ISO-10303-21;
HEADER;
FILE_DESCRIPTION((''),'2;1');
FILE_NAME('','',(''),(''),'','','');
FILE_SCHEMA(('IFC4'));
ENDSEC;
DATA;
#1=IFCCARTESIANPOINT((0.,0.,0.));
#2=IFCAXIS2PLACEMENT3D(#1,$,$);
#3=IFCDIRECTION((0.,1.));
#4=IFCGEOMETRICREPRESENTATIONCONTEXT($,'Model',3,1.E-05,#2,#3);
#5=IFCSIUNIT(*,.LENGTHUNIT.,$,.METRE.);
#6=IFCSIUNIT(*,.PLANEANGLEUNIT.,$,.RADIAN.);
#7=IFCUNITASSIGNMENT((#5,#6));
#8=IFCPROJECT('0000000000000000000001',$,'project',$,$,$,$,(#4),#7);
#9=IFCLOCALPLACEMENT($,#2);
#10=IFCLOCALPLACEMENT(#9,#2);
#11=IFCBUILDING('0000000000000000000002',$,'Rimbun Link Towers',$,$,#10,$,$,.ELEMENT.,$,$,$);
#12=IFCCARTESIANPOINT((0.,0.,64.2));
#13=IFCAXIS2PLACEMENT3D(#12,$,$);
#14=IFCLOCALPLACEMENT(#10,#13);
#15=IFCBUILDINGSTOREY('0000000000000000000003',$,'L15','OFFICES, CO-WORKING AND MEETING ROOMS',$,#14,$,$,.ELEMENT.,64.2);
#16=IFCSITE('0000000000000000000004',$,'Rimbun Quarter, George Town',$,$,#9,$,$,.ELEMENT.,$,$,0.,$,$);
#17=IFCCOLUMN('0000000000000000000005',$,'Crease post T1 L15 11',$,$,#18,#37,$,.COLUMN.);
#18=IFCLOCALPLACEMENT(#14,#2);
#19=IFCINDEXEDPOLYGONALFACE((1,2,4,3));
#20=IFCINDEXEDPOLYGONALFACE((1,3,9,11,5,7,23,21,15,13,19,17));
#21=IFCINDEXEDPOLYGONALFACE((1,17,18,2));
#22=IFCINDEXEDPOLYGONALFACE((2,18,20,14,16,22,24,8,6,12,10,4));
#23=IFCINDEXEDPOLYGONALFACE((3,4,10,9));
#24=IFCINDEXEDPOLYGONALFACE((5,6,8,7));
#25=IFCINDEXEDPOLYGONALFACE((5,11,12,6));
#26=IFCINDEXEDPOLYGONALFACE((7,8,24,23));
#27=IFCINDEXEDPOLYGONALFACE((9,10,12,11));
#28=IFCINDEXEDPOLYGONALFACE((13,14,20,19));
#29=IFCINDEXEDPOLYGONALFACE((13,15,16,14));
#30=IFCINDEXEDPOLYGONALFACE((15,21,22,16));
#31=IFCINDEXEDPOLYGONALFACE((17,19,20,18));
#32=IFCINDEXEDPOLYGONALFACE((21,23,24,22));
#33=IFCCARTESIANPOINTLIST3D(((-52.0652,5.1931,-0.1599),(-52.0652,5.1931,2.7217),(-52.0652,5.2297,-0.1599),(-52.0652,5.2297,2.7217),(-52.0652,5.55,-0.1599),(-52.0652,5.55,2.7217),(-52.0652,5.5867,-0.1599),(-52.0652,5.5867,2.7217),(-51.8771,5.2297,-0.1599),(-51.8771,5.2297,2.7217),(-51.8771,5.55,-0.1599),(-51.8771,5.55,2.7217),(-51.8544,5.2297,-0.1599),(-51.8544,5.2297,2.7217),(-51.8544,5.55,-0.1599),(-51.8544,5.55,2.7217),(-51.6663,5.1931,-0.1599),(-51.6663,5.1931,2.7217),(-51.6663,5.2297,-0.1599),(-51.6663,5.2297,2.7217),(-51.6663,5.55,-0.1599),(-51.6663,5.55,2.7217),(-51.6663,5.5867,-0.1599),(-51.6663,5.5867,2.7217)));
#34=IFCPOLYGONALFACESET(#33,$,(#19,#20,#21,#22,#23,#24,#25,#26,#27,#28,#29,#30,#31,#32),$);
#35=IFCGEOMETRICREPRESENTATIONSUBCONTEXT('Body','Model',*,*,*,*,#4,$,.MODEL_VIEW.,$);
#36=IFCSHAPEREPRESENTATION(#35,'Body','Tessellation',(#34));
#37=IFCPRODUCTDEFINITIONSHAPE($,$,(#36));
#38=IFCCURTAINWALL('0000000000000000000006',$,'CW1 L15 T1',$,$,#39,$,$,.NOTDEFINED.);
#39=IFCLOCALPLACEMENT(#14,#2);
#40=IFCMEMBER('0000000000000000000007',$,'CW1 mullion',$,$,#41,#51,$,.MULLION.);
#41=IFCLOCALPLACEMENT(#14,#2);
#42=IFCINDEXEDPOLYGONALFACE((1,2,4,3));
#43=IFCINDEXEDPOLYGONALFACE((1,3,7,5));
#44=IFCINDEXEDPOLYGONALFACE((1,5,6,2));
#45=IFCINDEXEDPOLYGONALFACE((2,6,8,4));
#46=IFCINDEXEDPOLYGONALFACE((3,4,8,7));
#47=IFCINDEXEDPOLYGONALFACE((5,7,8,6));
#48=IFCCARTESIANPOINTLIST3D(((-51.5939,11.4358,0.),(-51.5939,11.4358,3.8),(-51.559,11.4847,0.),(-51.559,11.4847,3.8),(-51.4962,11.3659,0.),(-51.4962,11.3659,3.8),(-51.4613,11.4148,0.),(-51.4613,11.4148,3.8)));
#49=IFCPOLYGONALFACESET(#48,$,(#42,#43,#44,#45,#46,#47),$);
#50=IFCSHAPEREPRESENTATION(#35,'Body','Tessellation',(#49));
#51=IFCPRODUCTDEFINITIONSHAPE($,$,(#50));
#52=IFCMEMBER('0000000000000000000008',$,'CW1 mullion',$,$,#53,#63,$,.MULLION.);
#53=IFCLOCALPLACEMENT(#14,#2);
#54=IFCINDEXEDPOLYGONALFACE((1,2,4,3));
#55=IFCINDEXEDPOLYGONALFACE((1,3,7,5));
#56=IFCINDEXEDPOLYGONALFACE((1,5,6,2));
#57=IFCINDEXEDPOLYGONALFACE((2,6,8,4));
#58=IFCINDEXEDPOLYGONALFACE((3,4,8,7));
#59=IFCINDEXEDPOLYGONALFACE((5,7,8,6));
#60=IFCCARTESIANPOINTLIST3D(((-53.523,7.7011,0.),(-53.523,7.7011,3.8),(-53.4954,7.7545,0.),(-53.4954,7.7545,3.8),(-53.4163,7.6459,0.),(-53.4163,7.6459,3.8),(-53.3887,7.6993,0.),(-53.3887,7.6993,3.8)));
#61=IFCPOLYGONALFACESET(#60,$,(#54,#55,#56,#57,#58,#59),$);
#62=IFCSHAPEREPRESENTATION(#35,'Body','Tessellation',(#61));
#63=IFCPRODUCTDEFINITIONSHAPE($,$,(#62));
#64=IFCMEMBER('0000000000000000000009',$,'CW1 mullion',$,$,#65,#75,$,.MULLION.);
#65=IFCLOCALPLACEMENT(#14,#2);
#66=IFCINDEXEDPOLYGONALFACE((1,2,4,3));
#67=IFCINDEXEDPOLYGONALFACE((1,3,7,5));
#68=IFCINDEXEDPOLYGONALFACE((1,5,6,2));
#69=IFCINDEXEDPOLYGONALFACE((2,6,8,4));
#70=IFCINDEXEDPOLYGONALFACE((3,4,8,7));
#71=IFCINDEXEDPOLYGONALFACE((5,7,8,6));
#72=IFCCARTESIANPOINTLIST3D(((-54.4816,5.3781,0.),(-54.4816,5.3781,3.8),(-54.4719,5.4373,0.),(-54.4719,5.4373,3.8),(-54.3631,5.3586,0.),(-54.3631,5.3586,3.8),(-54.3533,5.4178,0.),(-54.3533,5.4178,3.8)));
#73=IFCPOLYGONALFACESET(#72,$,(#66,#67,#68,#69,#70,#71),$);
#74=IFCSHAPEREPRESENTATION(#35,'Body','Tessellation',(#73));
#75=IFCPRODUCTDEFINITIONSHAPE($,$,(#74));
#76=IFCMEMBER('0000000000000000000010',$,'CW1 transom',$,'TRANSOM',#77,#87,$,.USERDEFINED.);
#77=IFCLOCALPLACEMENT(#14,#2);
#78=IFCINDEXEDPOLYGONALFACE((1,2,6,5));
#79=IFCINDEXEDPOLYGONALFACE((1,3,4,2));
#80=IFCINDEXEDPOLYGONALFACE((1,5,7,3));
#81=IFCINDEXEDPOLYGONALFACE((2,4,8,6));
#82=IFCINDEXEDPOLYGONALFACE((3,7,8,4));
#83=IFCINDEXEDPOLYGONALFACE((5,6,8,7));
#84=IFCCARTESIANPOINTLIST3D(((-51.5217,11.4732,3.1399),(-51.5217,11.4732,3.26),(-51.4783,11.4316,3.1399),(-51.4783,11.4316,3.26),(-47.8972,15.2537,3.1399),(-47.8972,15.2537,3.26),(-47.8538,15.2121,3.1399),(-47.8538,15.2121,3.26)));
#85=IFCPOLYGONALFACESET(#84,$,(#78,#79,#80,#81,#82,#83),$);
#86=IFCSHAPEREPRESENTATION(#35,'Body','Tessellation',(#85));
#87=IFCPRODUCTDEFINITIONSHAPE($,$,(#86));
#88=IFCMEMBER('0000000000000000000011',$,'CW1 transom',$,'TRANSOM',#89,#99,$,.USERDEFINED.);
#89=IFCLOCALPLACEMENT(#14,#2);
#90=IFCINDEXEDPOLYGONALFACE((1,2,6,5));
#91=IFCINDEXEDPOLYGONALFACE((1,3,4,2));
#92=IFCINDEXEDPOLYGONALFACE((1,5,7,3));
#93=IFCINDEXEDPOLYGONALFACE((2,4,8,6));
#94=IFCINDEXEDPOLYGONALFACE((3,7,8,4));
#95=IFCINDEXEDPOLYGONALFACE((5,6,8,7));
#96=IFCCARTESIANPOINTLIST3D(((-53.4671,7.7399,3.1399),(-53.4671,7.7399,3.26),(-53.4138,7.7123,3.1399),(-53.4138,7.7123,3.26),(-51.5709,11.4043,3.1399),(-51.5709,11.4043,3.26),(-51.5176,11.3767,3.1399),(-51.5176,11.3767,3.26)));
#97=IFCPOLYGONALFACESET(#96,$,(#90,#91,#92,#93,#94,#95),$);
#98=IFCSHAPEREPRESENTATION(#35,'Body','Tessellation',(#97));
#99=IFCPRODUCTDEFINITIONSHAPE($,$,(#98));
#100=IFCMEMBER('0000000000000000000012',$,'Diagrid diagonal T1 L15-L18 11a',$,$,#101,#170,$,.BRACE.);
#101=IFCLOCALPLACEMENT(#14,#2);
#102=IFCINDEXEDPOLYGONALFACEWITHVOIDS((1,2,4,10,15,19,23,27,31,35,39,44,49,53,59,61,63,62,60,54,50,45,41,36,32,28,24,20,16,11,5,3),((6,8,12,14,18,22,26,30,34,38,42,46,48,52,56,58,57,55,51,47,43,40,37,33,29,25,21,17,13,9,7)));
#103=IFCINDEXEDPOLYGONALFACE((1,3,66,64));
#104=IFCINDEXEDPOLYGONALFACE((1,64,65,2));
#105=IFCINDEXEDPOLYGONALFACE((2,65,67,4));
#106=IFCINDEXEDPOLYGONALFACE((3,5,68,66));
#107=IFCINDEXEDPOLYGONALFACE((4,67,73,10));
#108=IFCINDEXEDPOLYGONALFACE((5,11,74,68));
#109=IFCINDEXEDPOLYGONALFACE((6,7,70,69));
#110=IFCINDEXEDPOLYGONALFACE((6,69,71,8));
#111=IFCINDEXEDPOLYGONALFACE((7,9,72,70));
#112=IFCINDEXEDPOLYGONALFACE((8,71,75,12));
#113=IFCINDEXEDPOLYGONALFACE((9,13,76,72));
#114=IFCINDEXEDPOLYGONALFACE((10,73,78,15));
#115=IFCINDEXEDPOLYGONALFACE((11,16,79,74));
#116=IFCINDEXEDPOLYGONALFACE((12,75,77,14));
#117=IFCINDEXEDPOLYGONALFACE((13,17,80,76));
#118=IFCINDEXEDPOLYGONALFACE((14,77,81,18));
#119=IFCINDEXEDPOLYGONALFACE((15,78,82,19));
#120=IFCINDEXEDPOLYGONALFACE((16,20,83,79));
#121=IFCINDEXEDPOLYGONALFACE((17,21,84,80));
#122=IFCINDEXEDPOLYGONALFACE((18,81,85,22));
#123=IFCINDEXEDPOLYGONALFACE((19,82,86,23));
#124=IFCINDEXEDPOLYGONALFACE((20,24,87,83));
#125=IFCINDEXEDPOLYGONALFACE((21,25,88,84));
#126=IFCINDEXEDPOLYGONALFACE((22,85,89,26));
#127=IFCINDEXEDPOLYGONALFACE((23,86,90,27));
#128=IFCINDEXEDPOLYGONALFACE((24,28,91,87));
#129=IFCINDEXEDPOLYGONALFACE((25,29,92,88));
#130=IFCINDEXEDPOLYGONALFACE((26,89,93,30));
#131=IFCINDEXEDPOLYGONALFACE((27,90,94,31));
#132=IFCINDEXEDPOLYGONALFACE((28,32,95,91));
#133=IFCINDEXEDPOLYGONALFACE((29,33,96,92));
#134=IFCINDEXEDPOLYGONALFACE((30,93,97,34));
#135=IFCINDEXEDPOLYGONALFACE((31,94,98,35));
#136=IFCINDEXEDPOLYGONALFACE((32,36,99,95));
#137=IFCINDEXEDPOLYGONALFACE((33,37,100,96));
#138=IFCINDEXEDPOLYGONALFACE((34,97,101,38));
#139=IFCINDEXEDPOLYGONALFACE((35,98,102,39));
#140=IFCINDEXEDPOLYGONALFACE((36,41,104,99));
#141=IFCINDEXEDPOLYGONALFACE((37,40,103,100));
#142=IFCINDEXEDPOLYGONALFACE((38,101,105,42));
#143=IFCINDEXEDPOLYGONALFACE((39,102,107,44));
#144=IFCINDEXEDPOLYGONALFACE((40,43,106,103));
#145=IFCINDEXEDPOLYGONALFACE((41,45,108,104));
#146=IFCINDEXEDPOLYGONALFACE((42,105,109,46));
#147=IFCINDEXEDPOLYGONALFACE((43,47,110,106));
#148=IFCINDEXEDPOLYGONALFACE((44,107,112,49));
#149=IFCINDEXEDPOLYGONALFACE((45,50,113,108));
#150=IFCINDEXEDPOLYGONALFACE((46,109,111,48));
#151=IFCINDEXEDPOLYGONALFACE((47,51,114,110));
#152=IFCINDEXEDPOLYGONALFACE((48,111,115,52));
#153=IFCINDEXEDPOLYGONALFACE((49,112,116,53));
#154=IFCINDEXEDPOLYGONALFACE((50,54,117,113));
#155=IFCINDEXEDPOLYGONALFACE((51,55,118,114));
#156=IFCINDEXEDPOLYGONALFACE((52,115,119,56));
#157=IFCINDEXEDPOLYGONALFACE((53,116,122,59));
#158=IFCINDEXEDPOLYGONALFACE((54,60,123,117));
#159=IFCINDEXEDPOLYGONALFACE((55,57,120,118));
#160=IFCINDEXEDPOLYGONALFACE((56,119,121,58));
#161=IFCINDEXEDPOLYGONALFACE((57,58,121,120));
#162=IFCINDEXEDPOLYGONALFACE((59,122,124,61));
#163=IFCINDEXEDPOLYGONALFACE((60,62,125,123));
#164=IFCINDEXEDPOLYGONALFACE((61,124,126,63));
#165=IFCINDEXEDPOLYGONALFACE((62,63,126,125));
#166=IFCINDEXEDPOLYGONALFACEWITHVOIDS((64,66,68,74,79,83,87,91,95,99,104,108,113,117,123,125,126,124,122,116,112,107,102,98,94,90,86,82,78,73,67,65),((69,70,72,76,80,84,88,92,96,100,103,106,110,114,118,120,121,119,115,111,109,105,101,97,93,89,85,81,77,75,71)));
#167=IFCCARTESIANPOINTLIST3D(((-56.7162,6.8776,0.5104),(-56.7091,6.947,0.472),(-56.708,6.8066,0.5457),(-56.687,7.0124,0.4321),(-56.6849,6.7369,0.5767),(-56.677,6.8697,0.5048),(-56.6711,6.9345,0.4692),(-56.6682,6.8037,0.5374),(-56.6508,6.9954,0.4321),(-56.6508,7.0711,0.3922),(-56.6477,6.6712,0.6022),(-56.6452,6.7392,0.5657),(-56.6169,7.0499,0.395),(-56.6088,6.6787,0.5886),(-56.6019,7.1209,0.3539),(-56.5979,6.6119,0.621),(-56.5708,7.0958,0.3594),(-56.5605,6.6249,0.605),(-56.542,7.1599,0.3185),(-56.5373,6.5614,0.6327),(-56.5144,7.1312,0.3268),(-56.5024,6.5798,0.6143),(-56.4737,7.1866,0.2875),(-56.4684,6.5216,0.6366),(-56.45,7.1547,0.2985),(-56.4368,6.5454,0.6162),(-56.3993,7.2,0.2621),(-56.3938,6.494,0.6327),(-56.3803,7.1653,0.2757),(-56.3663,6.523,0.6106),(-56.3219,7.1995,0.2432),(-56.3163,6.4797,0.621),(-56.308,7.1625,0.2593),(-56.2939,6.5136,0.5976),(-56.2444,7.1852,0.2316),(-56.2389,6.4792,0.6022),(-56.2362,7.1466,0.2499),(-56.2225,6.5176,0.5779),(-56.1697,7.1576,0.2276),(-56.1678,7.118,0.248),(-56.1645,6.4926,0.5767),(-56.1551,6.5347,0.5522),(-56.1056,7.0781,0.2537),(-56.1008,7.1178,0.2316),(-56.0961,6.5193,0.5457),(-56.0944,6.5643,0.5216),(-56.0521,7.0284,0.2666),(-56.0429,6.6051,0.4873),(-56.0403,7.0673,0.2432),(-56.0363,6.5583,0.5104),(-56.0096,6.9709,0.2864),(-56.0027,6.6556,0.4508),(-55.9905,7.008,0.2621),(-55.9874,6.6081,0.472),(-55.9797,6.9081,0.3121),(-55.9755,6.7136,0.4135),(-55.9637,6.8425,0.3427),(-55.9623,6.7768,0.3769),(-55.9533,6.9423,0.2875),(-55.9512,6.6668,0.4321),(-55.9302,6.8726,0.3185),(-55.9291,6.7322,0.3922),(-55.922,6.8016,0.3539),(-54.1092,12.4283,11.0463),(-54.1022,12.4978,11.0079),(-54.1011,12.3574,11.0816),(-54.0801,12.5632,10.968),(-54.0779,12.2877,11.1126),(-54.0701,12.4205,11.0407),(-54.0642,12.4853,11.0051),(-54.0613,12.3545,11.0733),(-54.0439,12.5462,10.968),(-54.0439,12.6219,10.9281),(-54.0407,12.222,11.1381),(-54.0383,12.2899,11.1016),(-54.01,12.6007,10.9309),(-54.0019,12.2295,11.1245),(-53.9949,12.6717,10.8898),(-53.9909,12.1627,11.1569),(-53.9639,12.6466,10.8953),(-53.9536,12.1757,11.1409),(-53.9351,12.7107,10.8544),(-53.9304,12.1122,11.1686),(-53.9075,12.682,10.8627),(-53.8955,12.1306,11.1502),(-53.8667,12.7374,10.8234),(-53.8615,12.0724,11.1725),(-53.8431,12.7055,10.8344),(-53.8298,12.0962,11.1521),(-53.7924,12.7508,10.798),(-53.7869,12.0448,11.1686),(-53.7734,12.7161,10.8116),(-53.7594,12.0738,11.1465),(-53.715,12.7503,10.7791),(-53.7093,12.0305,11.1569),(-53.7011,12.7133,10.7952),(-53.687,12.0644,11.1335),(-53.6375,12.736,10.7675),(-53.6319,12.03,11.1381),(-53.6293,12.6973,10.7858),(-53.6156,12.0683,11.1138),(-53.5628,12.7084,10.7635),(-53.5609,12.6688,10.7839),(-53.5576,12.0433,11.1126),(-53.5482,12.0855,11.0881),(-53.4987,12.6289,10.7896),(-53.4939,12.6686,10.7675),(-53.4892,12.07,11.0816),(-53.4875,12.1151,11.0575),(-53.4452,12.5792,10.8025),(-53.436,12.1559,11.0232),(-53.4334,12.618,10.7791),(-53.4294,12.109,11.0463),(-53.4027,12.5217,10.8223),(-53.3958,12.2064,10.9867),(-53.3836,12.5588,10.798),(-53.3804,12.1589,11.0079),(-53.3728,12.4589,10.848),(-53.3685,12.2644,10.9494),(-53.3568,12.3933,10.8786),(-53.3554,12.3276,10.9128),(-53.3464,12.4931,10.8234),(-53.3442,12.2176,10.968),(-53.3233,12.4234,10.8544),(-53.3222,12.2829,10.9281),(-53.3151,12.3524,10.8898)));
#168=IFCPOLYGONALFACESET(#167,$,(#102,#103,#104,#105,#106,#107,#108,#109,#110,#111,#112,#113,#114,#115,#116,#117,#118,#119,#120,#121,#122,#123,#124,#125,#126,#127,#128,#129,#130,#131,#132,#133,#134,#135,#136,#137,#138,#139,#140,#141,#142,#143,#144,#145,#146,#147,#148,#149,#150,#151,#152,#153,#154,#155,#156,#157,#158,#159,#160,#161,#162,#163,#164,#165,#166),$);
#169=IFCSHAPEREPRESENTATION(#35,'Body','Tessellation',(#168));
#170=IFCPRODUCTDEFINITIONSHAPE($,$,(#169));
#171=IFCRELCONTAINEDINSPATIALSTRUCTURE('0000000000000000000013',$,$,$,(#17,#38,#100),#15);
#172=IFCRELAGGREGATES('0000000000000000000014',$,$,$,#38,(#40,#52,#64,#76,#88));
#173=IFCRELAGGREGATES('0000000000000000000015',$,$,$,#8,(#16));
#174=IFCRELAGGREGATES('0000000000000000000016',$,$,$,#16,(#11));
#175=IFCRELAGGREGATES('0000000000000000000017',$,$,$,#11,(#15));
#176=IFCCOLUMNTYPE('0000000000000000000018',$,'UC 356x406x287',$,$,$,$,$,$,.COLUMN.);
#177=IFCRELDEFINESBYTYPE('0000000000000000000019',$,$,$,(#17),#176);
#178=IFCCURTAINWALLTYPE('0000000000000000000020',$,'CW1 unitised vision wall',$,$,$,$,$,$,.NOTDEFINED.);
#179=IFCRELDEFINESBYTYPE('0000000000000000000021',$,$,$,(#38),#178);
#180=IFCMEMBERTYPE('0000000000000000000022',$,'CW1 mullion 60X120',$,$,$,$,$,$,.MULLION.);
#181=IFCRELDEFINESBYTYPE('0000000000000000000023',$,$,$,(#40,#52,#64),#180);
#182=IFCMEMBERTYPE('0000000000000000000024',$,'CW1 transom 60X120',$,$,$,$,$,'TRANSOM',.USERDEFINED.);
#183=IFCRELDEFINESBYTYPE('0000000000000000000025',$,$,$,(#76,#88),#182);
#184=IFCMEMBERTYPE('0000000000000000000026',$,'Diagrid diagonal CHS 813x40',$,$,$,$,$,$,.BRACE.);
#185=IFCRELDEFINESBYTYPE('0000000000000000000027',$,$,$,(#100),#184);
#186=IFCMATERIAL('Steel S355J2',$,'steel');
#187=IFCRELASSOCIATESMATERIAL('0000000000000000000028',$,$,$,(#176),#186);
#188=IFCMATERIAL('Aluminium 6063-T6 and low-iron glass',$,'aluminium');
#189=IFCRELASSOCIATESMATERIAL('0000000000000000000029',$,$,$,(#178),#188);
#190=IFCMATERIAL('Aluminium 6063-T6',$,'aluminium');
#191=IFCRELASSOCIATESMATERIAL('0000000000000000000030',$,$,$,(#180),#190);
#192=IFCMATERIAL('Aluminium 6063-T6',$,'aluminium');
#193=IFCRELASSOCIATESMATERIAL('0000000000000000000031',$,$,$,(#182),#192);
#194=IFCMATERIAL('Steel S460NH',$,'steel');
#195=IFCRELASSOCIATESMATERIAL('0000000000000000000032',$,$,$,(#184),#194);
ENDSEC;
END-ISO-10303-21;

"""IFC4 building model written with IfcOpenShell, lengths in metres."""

from ifc_helpers import new_model, si_unit, direction, frame, origin, origin_2d, place, context, subcontext, project, spatial, rectangle, hollow_circle, i_section, extrude, material, material_profile, profile_set, type_object, element, aggregate, save


model = new_model("IFC4")

# Units and contexts
model_context = context("Model", 3, precision=1e-05, world=origin(), true_north=direction((0.0, 1.0)))
body_context = subcontext(model_context, "Body", "Model", "MODEL_VIEW")
ifc_project = project(units=[si_unit("LENGTHUNIT", "METRE"), si_unit("PLANEANGLEUNIT", "RADIAN")], contexts=[model_context])

# Site, building, storey
site_placement = place(None, origin())
site = spatial("IfcSite", under=ifc_project, at=site_placement, Name="Rimbun Quarter, George Town", CompositionType="ELEMENT", RefElevation=0.0)
building_placement = place(site_placement, origin())
building = spatial("IfcBuilding", under=site, at=building_placement, Name="Rimbun Link Towers", CompositionType="ELEMENT")
storey_placement = place(building_placement, frame((0.0, 0.0, 64.2)))
storey = spatial("IfcBuildingStorey", under=building, at=storey_placement, Name="L15", Description="OFFICES, CO-WORKING AND MEETING ROOMS", CompositionType="ELEMENT", Elevation=64.2)

# Column
ifc_material_1 = material(Name="Steel S355J2", Category="steel")
ifc_material_profile_1 = material_profile(ifc_material_1, i_section(OverallWidth=0.3989, OverallDepth=0.3936, WebThickness=0.0227, FlangeThickness=0.0366, at=origin_2d()), Name="UC 356x406x287")
ifc_profile_set_1 = profile_set([ifc_material_profile_1], Name="Steel S355J2")
column_type = type_object("IfcColumnType", Name="UC 356x406x287", PredefinedType="COLUMN", material=ifc_profile_set_1)
column_placement = place(storey_placement, frame((-51.8657, 5.3899, -0.1599), z_axis=(0.0, 0.0, 1.0), x_axis=(1.0, 0.0, 0.0)))
element("IfcColumn", 1, at=column_placement, inside=storey, type_object=column_type, Name="Crease post T1 L15 11", PredefinedType="COLUMN", context=body_context, shape_type="SweptSolid", body=[
    extrude(i_section(OverallWidth=0.3989, OverallDepth=0.3936, WebThickness=0.0227, FlangeThickness=0.0366, at=origin_2d()), origin(), (0.0, 0.0, 1.0), 2.8816),
])

# Curtain wall, members
ifc_material_2 = material(Name="Aluminium 6063-T6 and low-iron glass", Category="aluminium")
curtain_wall_type = type_object("IfcCurtainWallType", Name="CW1 unitised vision wall", PredefinedType="NOTDEFINED", material=ifc_material_2)
curtain_wall_placement = place(storey_placement, origin())
curtain_wall = element("IfcCurtainWall", 2, at=curtain_wall_placement, inside=storey, type_object=curtain_wall_type, Name="CW1 L15 T1", PredefinedType="NOTDEFINED")
ifc_material_3 = material(Name="Aluminium 6063-T6", Category="aluminium")
ifc_material_profile_2 = material_profile(ifc_material_3, rectangle(XDim=0.1201, YDim=0.0601, at=origin_2d()), Name="MULLION 60X120")
ifc_profile_set_2 = profile_set([ifc_material_profile_2], Name="Aluminium 6063-T6")
member_type_1 = type_object("IfcMemberType", Name="CW1 mullion 60X120", PredefinedType="MULLION", material=ifc_profile_set_2)
member_1_placement = place(storey_placement, frame((-51.5276, 11.4253, 0.0), z_axis=(0.0, 0.0, 1.0), x_axis=(-0.813351, 0.581773, 0.0)))
member_1 = element("IfcMember", 3, at=member_1_placement, type_object=member_type_1, Name="CW1 mullion", PredefinedType="MULLION", context=body_context, shape_type="SweptSolid", body=[
    extrude(rectangle(XDim=0.1201, YDim=0.0601, at=origin_2d()), origin(), (0.0, 0.0, 1.0), 3.8),
])
member_2_placement = place(storey_placement, frame((-53.4558, 7.7002, 0.0), z_axis=(0.0, 0.0, 1.0), x_axis=(-0.888149, 0.459556, 0.0)))
member_2 = element("IfcMember", 4, at=member_2_placement, type_object=member_type_1, Name="CW1 mullion", PredefinedType="MULLION", context=body_context, shape_type="SweptSolid", body=[
    extrude(rectangle(XDim=0.1201, YDim=0.0601, at=origin_2d()), origin(), (0.0, 0.0, 1.0), 3.8),
])
member_3_placement = place(storey_placement, frame((-54.4175, 5.3979, 0.0), z_axis=(0.0, 0.0, 1.0), x_axis=(-0.986748, 0.16226, 0.0)))
member_3 = element("IfcMember", 5, at=member_3_placement, type_object=member_type_1, Name="CW1 mullion", PredefinedType="MULLION", context=body_context, shape_type="SweptSolid", body=[
    extrude(rectangle(XDim=0.1201, YDim=0.0601, at=origin_2d()), origin(), (0.0, 0.0, 1.0), 3.8),
])
ifc_material_4 = material(Name="Aluminium 6063-T6", Category="aluminium")
ifc_material_profile_3 = material_profile(ifc_material_4, rectangle(XDim=0.0601, YDim=0.1201, at=origin_2d()), Name="TRANSOM 60X120")
ifc_profile_set_3 = profile_set([ifc_material_profile_3], Name="Aluminium 6063-T6")
member_type_2 = type_object("IfcMemberType", Name="CW1 transom 60X120", ElementType="TRANSOM", PredefinedType="USERDEFINED", material=ifc_profile_set_3)
member_4_placement = place(storey_placement, frame((-51.5, 11.4524, 3.2), z_axis=(0.692056, 0.721844, 0.0), x_axis=(-0.721844, 0.692056, 0.0)))
member_4 = element("IfcMember", 6, at=member_4_placement, type_object=member_type_2, Name="CW1 transom", ObjectType="TRANSOM", PredefinedType="USERDEFINED", context=body_context, shape_type="SweptSolid", body=[
    extrude(rectangle(XDim=0.0601, YDim=0.1201, at=origin_2d()), origin(), (0.0, 0.0, 1.0), 5.2373),
])
member_5_placement = place(storey_placement, frame((-53.4404, 7.7261, 3.2), z_axis=(0.459573, 0.88814, 0.0), x_axis=(-0.88814, 0.459573, 0.0)))
member_5 = element("IfcMember", 7, at=member_5_placement, type_object=member_type_2, Name="CW1 transom", ObjectType="TRANSOM", PredefinedType="USERDEFINED", context=body_context, shape_type="SweptSolid", body=[
    extrude(rectangle(XDim=0.0601, YDim=0.1201, at=origin_2d()), origin(), (0.0, 0.0, 1.0), 4.126),
])

# Member
ifc_material_5 = material(Name="Steel S460NH", Category="steel")
ifc_material_profile_4 = material_profile(ifc_material_5, hollow_circle(Radius=0.4065, WallThickness=0.04, at=origin_2d()), Name="Diagrid diagonal CHS 813x40")
ifc_profile_set_4 = profile_set([ifc_material_profile_4], Name="Steel S460NH")
member_type_3 = type_object("IfcMemberType", Name="Diagrid diagonal CHS 813x40", PredefinedType="BRACE", material=ifc_profile_set_4)
member_6_placement = place(storey_placement, frame((-56.3191, 6.8396, 0.4321), z_axis=(0.213847, 0.455331, 0.864259), x_axis=(-0.905145, 0.425103, 0.0)))
element("IfcMember", 8, at=member_6_placement, inside=storey, type_object=member_type_3, Name="Diagrid diagonal T1 L15-L18 11a", PredefinedType="BRACE", context=body_context, shape_type="SweptSolid", body=[
    extrude(hollow_circle(Radius=0.4065, WallThickness=0.04, at=origin_2d()), origin(), (0.0, 0.0, 1.0), 12.1907),
])

aggregate(curtain_wall, [member_1, member_2, member_3, member_4, member_5])

save(model, "model.ifc")
